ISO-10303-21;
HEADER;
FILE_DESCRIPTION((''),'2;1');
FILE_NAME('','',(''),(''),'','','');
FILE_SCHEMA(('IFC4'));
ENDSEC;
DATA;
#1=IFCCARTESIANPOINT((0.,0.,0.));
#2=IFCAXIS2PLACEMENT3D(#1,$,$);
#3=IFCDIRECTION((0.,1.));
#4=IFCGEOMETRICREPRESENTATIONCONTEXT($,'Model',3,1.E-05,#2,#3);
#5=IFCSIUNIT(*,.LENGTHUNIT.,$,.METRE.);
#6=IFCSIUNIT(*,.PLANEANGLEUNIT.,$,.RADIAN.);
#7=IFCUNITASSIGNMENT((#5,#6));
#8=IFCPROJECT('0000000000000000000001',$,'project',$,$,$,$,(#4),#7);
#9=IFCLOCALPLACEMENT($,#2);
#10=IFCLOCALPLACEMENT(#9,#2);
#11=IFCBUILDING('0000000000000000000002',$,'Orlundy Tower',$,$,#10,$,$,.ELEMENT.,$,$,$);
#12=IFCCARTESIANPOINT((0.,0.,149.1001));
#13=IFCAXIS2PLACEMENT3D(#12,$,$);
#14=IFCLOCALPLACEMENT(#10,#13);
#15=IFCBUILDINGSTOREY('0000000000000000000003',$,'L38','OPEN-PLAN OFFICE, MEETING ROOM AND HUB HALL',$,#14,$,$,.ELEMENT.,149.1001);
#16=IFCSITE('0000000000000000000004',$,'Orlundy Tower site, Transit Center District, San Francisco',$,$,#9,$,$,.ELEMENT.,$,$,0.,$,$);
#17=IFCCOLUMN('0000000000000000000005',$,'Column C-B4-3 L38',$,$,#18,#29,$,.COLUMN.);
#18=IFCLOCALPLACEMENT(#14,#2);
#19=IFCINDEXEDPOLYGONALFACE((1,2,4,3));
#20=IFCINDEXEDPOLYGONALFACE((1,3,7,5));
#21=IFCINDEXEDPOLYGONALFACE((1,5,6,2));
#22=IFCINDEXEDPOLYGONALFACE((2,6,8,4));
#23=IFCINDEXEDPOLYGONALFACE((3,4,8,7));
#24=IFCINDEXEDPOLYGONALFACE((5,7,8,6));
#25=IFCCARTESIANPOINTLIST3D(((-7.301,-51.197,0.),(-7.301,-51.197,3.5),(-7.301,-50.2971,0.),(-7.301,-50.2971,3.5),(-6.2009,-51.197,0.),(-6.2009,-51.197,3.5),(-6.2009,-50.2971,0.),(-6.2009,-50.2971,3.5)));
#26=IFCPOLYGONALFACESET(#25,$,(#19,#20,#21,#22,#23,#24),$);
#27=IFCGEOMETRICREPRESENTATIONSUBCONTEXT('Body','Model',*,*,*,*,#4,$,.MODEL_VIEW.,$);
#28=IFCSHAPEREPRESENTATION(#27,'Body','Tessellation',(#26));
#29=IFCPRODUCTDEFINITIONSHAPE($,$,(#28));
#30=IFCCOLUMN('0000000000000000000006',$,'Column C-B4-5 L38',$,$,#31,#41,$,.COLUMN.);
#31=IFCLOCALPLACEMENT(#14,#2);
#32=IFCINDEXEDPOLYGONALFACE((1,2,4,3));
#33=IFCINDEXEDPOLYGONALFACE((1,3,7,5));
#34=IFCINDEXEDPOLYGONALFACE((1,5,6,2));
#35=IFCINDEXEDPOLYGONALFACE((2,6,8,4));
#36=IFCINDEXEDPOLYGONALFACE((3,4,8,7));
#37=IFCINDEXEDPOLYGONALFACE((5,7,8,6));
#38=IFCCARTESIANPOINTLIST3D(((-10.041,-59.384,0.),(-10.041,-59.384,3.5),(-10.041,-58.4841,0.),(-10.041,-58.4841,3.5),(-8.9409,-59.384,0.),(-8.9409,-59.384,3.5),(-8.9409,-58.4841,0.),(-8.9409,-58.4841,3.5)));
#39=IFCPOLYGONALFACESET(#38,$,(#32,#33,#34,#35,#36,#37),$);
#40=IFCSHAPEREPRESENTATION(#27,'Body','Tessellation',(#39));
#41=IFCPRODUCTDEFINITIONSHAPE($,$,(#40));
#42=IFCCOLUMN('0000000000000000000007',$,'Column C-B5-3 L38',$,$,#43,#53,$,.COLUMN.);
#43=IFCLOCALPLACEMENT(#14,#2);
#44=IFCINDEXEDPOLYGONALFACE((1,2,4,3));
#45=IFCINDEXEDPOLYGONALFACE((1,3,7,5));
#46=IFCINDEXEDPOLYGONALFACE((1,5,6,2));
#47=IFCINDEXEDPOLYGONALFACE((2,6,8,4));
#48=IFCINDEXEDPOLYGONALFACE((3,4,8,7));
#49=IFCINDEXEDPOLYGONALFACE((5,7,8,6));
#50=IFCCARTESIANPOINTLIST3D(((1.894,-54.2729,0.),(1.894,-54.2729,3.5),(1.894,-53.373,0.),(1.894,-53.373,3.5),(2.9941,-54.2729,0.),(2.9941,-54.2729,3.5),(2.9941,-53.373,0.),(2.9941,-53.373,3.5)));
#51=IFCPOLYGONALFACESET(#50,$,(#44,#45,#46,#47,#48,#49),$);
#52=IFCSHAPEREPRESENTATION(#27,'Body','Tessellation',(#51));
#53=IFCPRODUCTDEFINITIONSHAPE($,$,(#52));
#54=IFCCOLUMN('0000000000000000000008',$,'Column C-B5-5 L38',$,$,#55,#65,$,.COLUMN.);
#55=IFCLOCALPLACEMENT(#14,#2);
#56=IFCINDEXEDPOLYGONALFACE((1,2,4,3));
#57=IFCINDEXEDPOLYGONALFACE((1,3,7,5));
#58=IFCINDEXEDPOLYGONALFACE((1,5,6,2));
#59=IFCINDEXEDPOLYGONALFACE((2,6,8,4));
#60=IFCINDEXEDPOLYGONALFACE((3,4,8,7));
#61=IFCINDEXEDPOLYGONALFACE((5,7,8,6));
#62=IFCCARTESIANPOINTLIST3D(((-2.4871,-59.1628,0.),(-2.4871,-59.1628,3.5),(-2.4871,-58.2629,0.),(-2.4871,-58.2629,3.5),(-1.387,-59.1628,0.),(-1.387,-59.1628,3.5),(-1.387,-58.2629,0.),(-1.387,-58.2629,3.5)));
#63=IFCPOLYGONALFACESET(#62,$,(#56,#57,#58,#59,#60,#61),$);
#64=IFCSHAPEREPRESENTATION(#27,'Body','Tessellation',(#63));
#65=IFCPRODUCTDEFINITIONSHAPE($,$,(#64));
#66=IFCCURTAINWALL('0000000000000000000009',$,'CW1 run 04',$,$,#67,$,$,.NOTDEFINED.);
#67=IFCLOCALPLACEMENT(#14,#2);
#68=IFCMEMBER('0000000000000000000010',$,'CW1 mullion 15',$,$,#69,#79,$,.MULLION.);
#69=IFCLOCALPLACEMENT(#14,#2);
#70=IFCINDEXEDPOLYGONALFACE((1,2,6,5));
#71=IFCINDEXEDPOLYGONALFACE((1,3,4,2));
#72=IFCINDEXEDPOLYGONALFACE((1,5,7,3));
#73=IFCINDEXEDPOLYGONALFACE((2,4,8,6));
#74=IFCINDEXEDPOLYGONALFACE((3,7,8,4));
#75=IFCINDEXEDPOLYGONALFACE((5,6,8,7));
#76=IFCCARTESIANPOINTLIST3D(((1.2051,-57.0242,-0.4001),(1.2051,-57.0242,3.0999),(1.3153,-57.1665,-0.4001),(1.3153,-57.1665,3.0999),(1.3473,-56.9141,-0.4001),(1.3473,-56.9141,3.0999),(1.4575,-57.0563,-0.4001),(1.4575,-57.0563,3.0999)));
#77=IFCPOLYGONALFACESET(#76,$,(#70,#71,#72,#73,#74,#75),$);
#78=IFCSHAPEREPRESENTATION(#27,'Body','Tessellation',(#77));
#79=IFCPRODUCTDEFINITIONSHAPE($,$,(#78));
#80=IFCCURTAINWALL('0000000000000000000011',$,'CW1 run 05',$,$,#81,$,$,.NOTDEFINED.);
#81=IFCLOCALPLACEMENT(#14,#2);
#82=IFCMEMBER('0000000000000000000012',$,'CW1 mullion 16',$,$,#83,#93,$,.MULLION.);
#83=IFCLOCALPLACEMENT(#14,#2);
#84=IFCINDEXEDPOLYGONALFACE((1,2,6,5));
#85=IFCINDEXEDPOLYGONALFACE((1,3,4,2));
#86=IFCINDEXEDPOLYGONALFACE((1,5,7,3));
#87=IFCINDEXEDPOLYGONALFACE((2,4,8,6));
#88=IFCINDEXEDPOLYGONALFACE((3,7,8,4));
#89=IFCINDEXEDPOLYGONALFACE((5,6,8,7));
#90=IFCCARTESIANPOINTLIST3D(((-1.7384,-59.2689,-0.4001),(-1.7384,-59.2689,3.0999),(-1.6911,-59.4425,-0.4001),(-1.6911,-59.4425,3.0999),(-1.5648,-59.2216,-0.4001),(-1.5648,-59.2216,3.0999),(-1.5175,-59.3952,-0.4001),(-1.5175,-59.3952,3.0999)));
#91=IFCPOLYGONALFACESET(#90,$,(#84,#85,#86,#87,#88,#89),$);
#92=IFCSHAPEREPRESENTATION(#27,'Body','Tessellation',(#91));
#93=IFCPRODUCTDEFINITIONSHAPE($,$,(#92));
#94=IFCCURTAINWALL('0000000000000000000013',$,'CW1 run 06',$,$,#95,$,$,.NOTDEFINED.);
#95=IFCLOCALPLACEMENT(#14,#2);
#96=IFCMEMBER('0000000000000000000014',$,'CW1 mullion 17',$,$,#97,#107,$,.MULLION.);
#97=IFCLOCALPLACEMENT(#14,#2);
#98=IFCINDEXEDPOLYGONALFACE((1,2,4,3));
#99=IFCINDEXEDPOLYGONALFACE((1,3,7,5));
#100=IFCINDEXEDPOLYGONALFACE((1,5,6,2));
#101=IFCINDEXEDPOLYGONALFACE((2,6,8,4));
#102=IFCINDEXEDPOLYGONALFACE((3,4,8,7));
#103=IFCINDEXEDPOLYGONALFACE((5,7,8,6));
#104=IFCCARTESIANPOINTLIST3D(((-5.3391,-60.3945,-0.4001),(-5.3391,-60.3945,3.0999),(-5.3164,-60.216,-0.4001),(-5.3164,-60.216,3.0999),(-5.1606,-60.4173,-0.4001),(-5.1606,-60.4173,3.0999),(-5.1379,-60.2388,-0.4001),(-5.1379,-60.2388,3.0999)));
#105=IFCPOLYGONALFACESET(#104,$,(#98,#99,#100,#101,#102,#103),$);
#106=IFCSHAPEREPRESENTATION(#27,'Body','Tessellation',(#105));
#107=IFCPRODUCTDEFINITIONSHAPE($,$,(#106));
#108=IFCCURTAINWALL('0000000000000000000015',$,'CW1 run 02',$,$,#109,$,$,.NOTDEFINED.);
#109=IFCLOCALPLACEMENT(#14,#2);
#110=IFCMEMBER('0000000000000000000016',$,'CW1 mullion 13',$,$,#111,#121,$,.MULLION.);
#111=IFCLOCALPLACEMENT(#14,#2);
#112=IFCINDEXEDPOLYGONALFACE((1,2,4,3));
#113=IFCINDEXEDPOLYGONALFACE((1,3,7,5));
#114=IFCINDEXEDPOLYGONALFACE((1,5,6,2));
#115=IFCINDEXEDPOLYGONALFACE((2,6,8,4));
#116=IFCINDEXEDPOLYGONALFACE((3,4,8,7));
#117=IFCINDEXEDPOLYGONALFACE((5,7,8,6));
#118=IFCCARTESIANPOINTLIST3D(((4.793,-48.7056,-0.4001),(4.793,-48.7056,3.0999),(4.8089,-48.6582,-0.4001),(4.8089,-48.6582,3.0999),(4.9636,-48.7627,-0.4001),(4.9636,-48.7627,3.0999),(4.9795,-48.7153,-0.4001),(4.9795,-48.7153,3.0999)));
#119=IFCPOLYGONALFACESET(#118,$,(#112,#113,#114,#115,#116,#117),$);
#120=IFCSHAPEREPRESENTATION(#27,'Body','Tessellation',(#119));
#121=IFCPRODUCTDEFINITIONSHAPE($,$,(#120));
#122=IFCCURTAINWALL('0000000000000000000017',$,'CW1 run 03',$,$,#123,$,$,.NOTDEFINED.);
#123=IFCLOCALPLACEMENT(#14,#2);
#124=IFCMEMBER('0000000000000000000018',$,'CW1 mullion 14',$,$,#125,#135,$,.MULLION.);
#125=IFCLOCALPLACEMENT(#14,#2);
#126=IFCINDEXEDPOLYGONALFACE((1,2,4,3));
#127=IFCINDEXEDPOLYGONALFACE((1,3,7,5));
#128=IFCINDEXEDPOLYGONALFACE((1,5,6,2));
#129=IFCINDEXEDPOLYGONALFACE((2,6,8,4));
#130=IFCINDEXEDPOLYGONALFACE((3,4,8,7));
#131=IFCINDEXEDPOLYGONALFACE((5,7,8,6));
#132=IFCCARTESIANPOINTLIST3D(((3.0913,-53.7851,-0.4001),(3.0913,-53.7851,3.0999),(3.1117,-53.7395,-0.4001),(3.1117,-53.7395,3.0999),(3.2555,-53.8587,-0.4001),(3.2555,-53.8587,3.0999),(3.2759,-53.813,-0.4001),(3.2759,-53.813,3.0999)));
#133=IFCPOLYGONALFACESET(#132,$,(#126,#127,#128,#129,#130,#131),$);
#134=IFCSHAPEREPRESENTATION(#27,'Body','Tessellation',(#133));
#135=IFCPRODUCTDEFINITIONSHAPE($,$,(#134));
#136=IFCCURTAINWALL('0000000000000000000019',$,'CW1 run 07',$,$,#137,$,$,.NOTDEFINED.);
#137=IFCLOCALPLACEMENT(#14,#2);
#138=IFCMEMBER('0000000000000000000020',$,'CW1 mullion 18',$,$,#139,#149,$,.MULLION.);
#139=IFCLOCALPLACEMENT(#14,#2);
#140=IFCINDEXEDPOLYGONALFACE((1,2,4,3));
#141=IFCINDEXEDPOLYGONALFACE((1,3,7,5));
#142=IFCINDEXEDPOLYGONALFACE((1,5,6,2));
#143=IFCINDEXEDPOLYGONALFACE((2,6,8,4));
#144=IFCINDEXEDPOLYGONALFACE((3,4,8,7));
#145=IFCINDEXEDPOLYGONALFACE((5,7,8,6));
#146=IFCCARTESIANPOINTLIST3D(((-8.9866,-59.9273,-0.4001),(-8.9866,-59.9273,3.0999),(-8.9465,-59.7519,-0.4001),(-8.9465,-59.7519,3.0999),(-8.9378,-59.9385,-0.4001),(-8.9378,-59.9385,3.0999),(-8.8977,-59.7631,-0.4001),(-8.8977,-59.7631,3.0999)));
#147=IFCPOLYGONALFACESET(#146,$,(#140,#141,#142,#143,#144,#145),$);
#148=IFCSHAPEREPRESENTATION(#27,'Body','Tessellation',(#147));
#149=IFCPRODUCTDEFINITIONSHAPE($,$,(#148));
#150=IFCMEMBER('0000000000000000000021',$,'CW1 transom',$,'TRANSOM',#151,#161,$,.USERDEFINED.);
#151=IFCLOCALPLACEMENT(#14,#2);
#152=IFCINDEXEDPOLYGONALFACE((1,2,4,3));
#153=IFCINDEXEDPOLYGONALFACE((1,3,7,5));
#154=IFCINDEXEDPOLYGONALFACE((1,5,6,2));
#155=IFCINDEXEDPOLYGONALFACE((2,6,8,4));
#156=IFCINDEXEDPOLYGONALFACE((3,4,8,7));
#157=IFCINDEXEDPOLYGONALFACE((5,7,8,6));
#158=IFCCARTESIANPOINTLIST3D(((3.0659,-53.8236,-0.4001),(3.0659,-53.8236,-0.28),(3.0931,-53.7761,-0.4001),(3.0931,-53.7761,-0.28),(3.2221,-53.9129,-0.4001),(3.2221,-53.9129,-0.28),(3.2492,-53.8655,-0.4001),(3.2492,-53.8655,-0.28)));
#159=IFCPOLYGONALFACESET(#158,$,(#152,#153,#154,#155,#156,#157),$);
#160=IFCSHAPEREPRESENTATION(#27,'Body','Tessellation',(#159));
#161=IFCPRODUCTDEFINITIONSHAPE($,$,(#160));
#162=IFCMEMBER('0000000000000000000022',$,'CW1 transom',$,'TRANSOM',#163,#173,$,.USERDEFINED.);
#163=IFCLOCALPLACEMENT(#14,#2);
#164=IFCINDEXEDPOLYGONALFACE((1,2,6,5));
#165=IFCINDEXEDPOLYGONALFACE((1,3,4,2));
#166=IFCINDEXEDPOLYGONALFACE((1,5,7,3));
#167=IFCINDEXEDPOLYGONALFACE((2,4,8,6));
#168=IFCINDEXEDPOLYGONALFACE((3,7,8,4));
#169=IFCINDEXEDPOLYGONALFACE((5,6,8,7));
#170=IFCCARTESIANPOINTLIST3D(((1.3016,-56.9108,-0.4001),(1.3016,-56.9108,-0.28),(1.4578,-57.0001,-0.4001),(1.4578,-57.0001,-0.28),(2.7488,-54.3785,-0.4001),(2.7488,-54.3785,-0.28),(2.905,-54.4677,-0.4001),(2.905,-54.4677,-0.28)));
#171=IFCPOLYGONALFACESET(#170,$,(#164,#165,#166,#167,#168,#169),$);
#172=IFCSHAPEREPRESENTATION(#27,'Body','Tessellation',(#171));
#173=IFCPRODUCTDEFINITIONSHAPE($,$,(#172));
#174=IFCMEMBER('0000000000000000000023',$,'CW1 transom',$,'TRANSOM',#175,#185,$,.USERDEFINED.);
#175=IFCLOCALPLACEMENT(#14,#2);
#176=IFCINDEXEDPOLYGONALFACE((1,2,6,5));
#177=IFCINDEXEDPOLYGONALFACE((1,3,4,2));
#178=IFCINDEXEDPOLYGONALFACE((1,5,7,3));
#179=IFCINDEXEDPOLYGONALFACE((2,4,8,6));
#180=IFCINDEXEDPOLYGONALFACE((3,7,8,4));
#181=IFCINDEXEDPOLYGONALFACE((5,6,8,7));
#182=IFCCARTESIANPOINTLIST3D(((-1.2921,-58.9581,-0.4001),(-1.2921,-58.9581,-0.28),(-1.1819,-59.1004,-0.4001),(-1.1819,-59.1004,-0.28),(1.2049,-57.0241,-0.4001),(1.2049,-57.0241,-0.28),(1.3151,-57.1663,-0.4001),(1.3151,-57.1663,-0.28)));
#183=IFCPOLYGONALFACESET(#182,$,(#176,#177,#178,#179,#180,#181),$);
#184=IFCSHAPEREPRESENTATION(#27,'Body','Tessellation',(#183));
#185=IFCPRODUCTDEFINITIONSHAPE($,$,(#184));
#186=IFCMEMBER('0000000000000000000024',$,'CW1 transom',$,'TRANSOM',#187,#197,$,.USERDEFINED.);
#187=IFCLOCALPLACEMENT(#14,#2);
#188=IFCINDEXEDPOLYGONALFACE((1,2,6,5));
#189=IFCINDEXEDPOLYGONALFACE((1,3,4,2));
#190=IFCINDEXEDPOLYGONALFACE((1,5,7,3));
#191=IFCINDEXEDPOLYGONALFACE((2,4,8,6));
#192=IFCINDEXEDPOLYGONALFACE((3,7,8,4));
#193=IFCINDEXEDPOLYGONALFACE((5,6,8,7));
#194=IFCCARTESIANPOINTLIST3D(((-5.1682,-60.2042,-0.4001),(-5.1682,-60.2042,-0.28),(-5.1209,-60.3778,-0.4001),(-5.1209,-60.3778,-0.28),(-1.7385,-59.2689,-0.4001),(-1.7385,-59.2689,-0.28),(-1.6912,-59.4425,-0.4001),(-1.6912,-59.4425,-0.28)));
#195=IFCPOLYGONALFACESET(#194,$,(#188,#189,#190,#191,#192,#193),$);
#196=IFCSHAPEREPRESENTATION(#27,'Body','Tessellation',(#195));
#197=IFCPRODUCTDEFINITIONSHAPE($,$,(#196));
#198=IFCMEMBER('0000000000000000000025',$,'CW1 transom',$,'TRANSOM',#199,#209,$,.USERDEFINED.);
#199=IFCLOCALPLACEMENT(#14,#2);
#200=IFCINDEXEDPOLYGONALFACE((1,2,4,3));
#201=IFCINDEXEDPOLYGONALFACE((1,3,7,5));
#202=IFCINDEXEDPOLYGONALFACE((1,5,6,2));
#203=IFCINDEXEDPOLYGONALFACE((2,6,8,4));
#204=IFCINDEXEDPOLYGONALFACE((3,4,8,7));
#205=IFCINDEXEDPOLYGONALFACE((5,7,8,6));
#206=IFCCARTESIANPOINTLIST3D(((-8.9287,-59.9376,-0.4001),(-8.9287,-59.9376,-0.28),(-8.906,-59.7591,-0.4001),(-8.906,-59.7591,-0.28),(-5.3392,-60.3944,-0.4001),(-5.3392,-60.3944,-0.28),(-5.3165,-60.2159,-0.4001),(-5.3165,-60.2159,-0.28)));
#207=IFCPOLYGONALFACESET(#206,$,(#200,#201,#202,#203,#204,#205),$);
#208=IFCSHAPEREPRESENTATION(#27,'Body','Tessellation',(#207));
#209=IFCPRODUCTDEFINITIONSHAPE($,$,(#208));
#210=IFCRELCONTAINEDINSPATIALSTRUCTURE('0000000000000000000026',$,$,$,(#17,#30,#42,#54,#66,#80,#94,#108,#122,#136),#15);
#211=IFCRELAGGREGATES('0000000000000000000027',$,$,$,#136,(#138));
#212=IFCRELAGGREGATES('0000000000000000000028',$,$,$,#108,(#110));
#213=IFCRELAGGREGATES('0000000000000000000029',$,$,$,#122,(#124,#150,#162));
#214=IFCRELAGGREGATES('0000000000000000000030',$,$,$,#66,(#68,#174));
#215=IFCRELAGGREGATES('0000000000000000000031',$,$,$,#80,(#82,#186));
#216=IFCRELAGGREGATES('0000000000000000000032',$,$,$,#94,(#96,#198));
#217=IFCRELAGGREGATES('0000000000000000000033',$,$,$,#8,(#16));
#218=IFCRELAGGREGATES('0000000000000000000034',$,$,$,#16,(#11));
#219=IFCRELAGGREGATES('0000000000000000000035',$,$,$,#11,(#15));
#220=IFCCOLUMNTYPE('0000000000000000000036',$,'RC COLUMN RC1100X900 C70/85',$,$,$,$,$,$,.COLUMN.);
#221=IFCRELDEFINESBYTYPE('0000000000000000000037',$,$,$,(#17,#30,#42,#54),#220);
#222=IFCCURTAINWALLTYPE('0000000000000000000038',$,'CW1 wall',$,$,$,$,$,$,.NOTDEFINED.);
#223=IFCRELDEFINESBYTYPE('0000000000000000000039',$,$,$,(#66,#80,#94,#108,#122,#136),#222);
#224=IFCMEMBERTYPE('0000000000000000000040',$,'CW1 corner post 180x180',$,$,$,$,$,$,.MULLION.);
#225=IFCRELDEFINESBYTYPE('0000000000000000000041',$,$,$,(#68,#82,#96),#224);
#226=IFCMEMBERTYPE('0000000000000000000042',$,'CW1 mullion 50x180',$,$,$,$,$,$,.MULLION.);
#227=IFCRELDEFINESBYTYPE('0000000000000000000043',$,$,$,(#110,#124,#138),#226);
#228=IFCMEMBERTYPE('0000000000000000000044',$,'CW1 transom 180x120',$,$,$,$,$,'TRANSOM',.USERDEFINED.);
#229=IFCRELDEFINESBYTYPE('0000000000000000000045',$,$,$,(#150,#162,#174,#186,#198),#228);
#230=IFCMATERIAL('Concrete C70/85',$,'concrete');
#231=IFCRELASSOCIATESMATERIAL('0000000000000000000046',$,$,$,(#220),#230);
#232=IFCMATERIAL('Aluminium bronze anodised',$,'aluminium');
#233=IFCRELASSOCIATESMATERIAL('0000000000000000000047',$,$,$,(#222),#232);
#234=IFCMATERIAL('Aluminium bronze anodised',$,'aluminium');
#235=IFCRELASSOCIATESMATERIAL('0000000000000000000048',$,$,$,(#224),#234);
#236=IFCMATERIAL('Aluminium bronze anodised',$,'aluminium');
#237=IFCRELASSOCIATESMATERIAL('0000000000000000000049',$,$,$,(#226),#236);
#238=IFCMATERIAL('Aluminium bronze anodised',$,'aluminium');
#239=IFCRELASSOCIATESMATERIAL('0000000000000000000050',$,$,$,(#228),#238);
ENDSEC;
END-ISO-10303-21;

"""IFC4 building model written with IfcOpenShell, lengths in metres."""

from ifc_helpers import new_model, si_unit, direction, frame, origin, origin_2d, place, context, subcontext, project, spatial, rectangle, extrude, material, material_profile, profile_set, type_object, element, aggregate, save


model = new_model("IFC4")

# Units and contexts
model_context = context("Model", 3, precision=1e-05, world=origin(), true_north=direction((0.0, 1.0)))
body_context = subcontext(model_context, "Body", "Model", "MODEL_VIEW")
ifc_project = project(units=[si_unit("LENGTHUNIT", "METRE"), si_unit("PLANEANGLEUNIT", "RADIAN")], contexts=[model_context])

# Site, building, storey
site_placement = place(None, origin())
site = spatial("IfcSite", under=ifc_project, at=site_placement, Name="Orlundy Tower site, Transit Center District, San Francisco", CompositionType="ELEMENT", RefElevation=0.0)
building_placement = place(site_placement, origin())
building = spatial("IfcBuilding", under=site, at=building_placement, Name="Orlundy Tower", CompositionType="ELEMENT")
storey_placement = place(building_placement, frame((0.0, 0.0, 149.1001)))
storey = spatial("IfcBuildingStorey", under=building, at=storey_placement, Name="L38", Description="OPEN-PLAN OFFICE, MEETING ROOM AND HUB HALL", CompositionType="ELEMENT", Elevation=149.1001)

# Columns
ifc_material_1 = material(Name="Concrete C70/85", Category="concrete")
ifc_material_profile_1 = material_profile(ifc_material_1, rectangle(XDim=1.1001, YDim=0.8999, at=origin_2d()), Name="RC1100X900")
ifc_profile_set_1 = profile_set([ifc_material_profile_1], Name="Concrete C70/85")
column_type = type_object("IfcColumnType", Name="RC COLUMN RC1100X900 C70/85", PredefinedType="COLUMN", material=ifc_profile_set_1)
for number, where, z_axis, x_axis, name in (
    (1, (-6.751, -50.7471, 0.0), (0.0, 0.0, 1.0), (1.0, 0.0, 0.0), "Column C-B4-3 L38"),
    (2, (-9.491, -58.9341, 0.0), (0.0, 0.0, 1.0), (1.0, 0.0, 0.0), "Column C-B4-5 L38"),
    (3, (2.4441, -53.823, 0.0), (0.0, 0.0, 1.0), (1.0, 0.0, 0.0), "Column C-B5-3 L38"),
    (4, (-1.937, -58.7129, 0.0), (0.0, 0.0, 1.0), (1.0, 0.0, 0.0), "Column C-B5-5 L38"),
):
    element("IfcColumn", number, at=place(storey_placement, frame(where, z_axis=z_axis, x_axis=x_axis)), inside=storey, type_object=column_type, Name=name, PredefinedType="COLUMN", context=body_context, shape_type="SweptSolid", body=[
        extrude(rectangle(XDim=1.1001, YDim=0.8999, at=origin_2d()), origin(), (0.0, 0.0, 1.0), 3.5),
    ])

# Curtain walls, members
ifc_material_2 = material(Name="Aluminium bronze anodised", Category="aluminium")
curtain_wall_type = type_object("IfcCurtainWallType", Name="CW1 wall", PredefinedType="NOTDEFINED", material=ifc_material_2)
curtain_wall_1_placement = place(storey_placement, origin())
curtain_wall_1 = element("IfcCurtainWall", 5, at=curtain_wall_1_placement, inside=storey, type_object=curtain_wall_type, Name="CW1 run 04", PredefinedType="NOTDEFINED")
ifc_material_3 = material(Name="Aluminium bronze anodised", Category="aluminium")
ifc_material_profile_2 = material_profile(ifc_material_3, rectangle(XDim=0.1799, YDim=0.1799, at=origin_2d()), Name="CW1 corner post 180x180")
ifc_profile_set_2 = profile_set([ifc_material_profile_2], Name="Aluminium bronze anodised")
member_type_1 = type_object("IfcMemberType", Name="CW1 corner post 180x180", PredefinedType="MULLION", material=ifc_profile_set_2)
member_1_placement = place(storey_placement, frame((1.3313, -57.0403, -0.4001), z_axis=(0.0, 0.0, 1.0), x_axis=(0.612315, -0.790614, 0.0)))
member_1 = element("IfcMember", 6, at=member_1_placement, type_object=member_type_1, Name="CW1 mullion 15", PredefinedType="MULLION", context=body_context, shape_type="SweptSolid", body=[
    extrude(rectangle(XDim=0.1799, YDim=0.1799, at=origin_2d()), origin(), (0.0, 0.0, 1.0), 3.5),
])
curtain_wall_2_placement = place(storey_placement, origin())
curtain_wall_2 = element("IfcCurtainWall", 7, at=curtain_wall_2_placement, inside=storey, type_object=curtain_wall_type, Name="CW1 run 05", PredefinedType="NOTDEFINED")
member_2_placement = place(storey_placement, frame((-1.6279, -59.332, -0.4001), z_axis=(0.0, 0.0, 1.0), x_axis=(0.263049, -0.964782, 0.0)))
member_2 = element("IfcMember", 8, at=member_2_placement, type_object=member_type_1, Name="CW1 mullion 16", PredefinedType="MULLION", context=body_context, shape_type="SweptSolid", body=[
    extrude(rectangle(XDim=0.1799, YDim=0.1799, at=origin_2d()), origin(), (0.0, 0.0, 1.0), 3.5),
])
curtain_wall_3_placement = place(storey_placement, origin())
curtain_wall_3 = element("IfcCurtainWall", 9, at=curtain_wall_3_placement, inside=storey, type_object=curtain_wall_type, Name="CW1 run 06", PredefinedType="NOTDEFINED")
member_3_placement = place(storey_placement, frame((-5.2385, -60.3167, -0.4001), z_axis=(0.0, 0.0, 1.0), x_axis=(-0.126259, -0.991997, 0.0)))
member_3 = element("IfcMember", 10, at=member_3_placement, type_object=member_type_1, Name="CW1 mullion 17", PredefinedType="MULLION", context=body_context, shape_type="SweptSolid", body=[
    extrude(rectangle(XDim=0.1799, YDim=0.1799, at=origin_2d()), origin(), (0.0, 0.0, 1.0), 3.5),
])
curtain_wall_4_placement = place(storey_placement, origin())
curtain_wall_4 = element("IfcCurtainWall", 11, at=curtain_wall_4_placement, inside=storey, type_object=curtain_wall_type, Name="CW1 run 02", PredefinedType="NOTDEFINED")
ifc_material_4 = material(Name="Aluminium bronze anodised", Category="aluminium")
ifc_material_profile_3 = material_profile(ifc_material_4, rectangle(XDim=0.1799, YDim=0.05, at=origin_2d()), Name="CW1 mullion 50x180")
ifc_profile_set_3 = profile_set([ifc_material_profile_3], Name="Aluminium bronze anodised")
member_type_2 = type_object("IfcMemberType", Name="CW1 mullion 50x180", PredefinedType="MULLION", material=ifc_profile_set_3)
member_4_placement = place(storey_placement, frame((4.8862, -48.7104, -0.4001), z_axis=(0.0, 0.0, 1.0), x_axis=(0.948321, -0.317314, 0.0)))
member_4 = element("IfcMember", 12, at=member_4_placement, type_object=member_type_2, Name="CW1 mullion 13", PredefinedType="MULLION", context=body_context, shape_type="SweptSolid", body=[
    extrude(rectangle(XDim=0.1799, YDim=0.05, at=origin_2d()), origin(), (0.0, 0.0, 1.0), 3.5),
])
curtain_wall_5_placement = place(storey_placement, origin())
curtain_wall_5 = element("IfcCurtainWall", 13, at=curtain_wall_5_placement, inside=storey, type_object=curtain_wall_type, Name="CW1 run 03", PredefinedType="NOTDEFINED")
member_5_placement = place(storey_placement, frame((3.1836, -53.7991, -0.4001), z_axis=(0.0, 0.0, 1.0), x_axis=(0.912665, -0.408708, 0.0)))
member_5 = element("IfcMember", 14, at=member_5_placement, type_object=member_type_2, Name="CW1 mullion 14", PredefinedType="MULLION", context=body_context, shape_type="SweptSolid", body=[
    extrude(rectangle(XDim=0.1799, YDim=0.05, at=origin_2d()), origin(), (0.0, 0.0, 1.0), 3.5),
])
curtain_wall_6_placement = place(storey_placement, origin())
curtain_wall_6 = element("IfcCurtainWall", 15, at=curtain_wall_6_placement, inside=storey, type_object=curtain_wall_type, Name="CW1 run 07", PredefinedType="NOTDEFINED")
member_6_placement = place(storey_placement, frame((-8.9421, -59.8452, -0.4001), z_axis=(0.0, 0.0, 1.0), x_axis=(-0.222844, -0.974854, 0.0)))
member_6 = element("IfcMember", 16, at=member_6_placement, type_object=member_type_2, Name="CW1 mullion 18", PredefinedType="MULLION", context=body_context, shape_type="SweptSolid", body=[
    extrude(rectangle(XDim=0.1799, YDim=0.05, at=origin_2d()), origin(), (0.0, 0.0, 1.0), 3.5),
])

# Members
ifc_material_5 = material(Name="Aluminium bronze anodised", Category="aluminium")
ifc_material_profile_4 = material_profile(ifc_material_5, rectangle(XDim=0.1799, YDim=0.1201, at=origin_2d()), Name="CW1 transom 180x120")
ifc_profile_set_4 = profile_set([ifc_material_profile_4], Name="Aluminium bronze anodised")
member_type_3 = type_object("IfcMemberType", Name="CW1 transom 180x120", ElementType="TRANSOM", PredefinedType="USERDEFINED", material=ifc_profile_set_4)
member_7_placement = place(storey_placement, frame((3.1711, -53.8208, -0.3401), z_axis=(-0.496621, -0.867968, 0.0), x_axis=(0.867968, -0.496621, 0.0)))
member_7 = element("IfcMember", 17, at=member_7_placement, type_object=member_type_3, Name="CW1 transom", ObjectType="TRANSOM", PredefinedType="USERDEFINED", context=body_context, shape_type="SweptSolid", body=[
    extrude(rectangle(XDim=0.1799, YDim=0.1201, at=origin_2d()), origin(), (0.0, 0.0, 1.0), 0.0547),
])
member_8_placement = place(storey_placement, frame((2.8269, -54.4231, -0.3401), z_axis=(-0.496175, -0.868223, 0.0), x_axis=(0.868223, -0.496175, 0.0)))
member_8 = element("IfcMember", 18, at=member_8_placement, type_object=member_type_3, Name="CW1 transom", ObjectType="TRANSOM", PredefinedType="USERDEFINED", context=body_context, shape_type="SweptSolid", body=[
    extrude(rectangle(XDim=0.1799, YDim=0.1201, at=origin_2d()), origin(), (0.0, 0.0, 1.0), 2.9167),
])
member_9_placement = place(storey_placement, frame((1.26, -57.0952, -0.3401), z_axis=(-0.790591, -0.612345, 0.0), x_axis=(0.612345, -0.790591, 0.0)))
member_9 = element("IfcMember", 19, at=member_9_placement, type_object=member_type_3, Name="CW1 transom", ObjectType="TRANSOM", PredefinedType="USERDEFINED", context=body_context, shape_type="SweptSolid", body=[
    extrude(rectangle(XDim=0.1799, YDim=0.1201, at=origin_2d()), origin(), (0.0, 0.0, 1.0), 3.1584),
])
member_10_placement = place(storey_placement, frame((-1.7148, -59.3557, -0.3401), z_axis=(-0.964769, -0.2631, 0.0), x_axis=(0.2631, -0.964769, 0.0)))
member_10 = element("IfcMember", 20, at=member_10_placement, type_object=member_type_3, Name="CW1 transom", ObjectType="TRANSOM", PredefinedType="USERDEFINED", context=body_context, shape_type="SweptSolid", body=[
    extrude(rectangle(XDim=0.1799, YDim=0.1201, at=origin_2d()), origin(), (0.0, 0.0, 1.0), 3.5549),
])
member_11_placement = place(storey_placement, frame((-5.3279, -60.3052, -0.3401), z_axis=(-0.991999, 0.126243, 0.0), x_axis=(-0.126243, -0.991999, 0.0)))
member_11 = element("IfcMember", 21, at=member_11_placement, type_object=member_type_3, Name="CW1 transom", ObjectType="TRANSOM", PredefinedType="USERDEFINED", context=body_context, shape_type="SweptSolid", body=[
    extrude(rectangle(XDim=0.1799, YDim=0.1201, at=origin_2d()), origin(), (0.0, 0.0, 1.0), 3.6184),
])
aggregate(curtain_wall_6, [member_6])

aggregate(curtain_wall_4, [member_4])
aggregate(curtain_wall_5, [member_5, member_7, member_8])
aggregate(curtain_wall_1, [member_1, member_9])
aggregate(curtain_wall_2, [member_2, member_10])
aggregate(curtain_wall_3, [member_3, member_11])

save(model, "model.ifc")
